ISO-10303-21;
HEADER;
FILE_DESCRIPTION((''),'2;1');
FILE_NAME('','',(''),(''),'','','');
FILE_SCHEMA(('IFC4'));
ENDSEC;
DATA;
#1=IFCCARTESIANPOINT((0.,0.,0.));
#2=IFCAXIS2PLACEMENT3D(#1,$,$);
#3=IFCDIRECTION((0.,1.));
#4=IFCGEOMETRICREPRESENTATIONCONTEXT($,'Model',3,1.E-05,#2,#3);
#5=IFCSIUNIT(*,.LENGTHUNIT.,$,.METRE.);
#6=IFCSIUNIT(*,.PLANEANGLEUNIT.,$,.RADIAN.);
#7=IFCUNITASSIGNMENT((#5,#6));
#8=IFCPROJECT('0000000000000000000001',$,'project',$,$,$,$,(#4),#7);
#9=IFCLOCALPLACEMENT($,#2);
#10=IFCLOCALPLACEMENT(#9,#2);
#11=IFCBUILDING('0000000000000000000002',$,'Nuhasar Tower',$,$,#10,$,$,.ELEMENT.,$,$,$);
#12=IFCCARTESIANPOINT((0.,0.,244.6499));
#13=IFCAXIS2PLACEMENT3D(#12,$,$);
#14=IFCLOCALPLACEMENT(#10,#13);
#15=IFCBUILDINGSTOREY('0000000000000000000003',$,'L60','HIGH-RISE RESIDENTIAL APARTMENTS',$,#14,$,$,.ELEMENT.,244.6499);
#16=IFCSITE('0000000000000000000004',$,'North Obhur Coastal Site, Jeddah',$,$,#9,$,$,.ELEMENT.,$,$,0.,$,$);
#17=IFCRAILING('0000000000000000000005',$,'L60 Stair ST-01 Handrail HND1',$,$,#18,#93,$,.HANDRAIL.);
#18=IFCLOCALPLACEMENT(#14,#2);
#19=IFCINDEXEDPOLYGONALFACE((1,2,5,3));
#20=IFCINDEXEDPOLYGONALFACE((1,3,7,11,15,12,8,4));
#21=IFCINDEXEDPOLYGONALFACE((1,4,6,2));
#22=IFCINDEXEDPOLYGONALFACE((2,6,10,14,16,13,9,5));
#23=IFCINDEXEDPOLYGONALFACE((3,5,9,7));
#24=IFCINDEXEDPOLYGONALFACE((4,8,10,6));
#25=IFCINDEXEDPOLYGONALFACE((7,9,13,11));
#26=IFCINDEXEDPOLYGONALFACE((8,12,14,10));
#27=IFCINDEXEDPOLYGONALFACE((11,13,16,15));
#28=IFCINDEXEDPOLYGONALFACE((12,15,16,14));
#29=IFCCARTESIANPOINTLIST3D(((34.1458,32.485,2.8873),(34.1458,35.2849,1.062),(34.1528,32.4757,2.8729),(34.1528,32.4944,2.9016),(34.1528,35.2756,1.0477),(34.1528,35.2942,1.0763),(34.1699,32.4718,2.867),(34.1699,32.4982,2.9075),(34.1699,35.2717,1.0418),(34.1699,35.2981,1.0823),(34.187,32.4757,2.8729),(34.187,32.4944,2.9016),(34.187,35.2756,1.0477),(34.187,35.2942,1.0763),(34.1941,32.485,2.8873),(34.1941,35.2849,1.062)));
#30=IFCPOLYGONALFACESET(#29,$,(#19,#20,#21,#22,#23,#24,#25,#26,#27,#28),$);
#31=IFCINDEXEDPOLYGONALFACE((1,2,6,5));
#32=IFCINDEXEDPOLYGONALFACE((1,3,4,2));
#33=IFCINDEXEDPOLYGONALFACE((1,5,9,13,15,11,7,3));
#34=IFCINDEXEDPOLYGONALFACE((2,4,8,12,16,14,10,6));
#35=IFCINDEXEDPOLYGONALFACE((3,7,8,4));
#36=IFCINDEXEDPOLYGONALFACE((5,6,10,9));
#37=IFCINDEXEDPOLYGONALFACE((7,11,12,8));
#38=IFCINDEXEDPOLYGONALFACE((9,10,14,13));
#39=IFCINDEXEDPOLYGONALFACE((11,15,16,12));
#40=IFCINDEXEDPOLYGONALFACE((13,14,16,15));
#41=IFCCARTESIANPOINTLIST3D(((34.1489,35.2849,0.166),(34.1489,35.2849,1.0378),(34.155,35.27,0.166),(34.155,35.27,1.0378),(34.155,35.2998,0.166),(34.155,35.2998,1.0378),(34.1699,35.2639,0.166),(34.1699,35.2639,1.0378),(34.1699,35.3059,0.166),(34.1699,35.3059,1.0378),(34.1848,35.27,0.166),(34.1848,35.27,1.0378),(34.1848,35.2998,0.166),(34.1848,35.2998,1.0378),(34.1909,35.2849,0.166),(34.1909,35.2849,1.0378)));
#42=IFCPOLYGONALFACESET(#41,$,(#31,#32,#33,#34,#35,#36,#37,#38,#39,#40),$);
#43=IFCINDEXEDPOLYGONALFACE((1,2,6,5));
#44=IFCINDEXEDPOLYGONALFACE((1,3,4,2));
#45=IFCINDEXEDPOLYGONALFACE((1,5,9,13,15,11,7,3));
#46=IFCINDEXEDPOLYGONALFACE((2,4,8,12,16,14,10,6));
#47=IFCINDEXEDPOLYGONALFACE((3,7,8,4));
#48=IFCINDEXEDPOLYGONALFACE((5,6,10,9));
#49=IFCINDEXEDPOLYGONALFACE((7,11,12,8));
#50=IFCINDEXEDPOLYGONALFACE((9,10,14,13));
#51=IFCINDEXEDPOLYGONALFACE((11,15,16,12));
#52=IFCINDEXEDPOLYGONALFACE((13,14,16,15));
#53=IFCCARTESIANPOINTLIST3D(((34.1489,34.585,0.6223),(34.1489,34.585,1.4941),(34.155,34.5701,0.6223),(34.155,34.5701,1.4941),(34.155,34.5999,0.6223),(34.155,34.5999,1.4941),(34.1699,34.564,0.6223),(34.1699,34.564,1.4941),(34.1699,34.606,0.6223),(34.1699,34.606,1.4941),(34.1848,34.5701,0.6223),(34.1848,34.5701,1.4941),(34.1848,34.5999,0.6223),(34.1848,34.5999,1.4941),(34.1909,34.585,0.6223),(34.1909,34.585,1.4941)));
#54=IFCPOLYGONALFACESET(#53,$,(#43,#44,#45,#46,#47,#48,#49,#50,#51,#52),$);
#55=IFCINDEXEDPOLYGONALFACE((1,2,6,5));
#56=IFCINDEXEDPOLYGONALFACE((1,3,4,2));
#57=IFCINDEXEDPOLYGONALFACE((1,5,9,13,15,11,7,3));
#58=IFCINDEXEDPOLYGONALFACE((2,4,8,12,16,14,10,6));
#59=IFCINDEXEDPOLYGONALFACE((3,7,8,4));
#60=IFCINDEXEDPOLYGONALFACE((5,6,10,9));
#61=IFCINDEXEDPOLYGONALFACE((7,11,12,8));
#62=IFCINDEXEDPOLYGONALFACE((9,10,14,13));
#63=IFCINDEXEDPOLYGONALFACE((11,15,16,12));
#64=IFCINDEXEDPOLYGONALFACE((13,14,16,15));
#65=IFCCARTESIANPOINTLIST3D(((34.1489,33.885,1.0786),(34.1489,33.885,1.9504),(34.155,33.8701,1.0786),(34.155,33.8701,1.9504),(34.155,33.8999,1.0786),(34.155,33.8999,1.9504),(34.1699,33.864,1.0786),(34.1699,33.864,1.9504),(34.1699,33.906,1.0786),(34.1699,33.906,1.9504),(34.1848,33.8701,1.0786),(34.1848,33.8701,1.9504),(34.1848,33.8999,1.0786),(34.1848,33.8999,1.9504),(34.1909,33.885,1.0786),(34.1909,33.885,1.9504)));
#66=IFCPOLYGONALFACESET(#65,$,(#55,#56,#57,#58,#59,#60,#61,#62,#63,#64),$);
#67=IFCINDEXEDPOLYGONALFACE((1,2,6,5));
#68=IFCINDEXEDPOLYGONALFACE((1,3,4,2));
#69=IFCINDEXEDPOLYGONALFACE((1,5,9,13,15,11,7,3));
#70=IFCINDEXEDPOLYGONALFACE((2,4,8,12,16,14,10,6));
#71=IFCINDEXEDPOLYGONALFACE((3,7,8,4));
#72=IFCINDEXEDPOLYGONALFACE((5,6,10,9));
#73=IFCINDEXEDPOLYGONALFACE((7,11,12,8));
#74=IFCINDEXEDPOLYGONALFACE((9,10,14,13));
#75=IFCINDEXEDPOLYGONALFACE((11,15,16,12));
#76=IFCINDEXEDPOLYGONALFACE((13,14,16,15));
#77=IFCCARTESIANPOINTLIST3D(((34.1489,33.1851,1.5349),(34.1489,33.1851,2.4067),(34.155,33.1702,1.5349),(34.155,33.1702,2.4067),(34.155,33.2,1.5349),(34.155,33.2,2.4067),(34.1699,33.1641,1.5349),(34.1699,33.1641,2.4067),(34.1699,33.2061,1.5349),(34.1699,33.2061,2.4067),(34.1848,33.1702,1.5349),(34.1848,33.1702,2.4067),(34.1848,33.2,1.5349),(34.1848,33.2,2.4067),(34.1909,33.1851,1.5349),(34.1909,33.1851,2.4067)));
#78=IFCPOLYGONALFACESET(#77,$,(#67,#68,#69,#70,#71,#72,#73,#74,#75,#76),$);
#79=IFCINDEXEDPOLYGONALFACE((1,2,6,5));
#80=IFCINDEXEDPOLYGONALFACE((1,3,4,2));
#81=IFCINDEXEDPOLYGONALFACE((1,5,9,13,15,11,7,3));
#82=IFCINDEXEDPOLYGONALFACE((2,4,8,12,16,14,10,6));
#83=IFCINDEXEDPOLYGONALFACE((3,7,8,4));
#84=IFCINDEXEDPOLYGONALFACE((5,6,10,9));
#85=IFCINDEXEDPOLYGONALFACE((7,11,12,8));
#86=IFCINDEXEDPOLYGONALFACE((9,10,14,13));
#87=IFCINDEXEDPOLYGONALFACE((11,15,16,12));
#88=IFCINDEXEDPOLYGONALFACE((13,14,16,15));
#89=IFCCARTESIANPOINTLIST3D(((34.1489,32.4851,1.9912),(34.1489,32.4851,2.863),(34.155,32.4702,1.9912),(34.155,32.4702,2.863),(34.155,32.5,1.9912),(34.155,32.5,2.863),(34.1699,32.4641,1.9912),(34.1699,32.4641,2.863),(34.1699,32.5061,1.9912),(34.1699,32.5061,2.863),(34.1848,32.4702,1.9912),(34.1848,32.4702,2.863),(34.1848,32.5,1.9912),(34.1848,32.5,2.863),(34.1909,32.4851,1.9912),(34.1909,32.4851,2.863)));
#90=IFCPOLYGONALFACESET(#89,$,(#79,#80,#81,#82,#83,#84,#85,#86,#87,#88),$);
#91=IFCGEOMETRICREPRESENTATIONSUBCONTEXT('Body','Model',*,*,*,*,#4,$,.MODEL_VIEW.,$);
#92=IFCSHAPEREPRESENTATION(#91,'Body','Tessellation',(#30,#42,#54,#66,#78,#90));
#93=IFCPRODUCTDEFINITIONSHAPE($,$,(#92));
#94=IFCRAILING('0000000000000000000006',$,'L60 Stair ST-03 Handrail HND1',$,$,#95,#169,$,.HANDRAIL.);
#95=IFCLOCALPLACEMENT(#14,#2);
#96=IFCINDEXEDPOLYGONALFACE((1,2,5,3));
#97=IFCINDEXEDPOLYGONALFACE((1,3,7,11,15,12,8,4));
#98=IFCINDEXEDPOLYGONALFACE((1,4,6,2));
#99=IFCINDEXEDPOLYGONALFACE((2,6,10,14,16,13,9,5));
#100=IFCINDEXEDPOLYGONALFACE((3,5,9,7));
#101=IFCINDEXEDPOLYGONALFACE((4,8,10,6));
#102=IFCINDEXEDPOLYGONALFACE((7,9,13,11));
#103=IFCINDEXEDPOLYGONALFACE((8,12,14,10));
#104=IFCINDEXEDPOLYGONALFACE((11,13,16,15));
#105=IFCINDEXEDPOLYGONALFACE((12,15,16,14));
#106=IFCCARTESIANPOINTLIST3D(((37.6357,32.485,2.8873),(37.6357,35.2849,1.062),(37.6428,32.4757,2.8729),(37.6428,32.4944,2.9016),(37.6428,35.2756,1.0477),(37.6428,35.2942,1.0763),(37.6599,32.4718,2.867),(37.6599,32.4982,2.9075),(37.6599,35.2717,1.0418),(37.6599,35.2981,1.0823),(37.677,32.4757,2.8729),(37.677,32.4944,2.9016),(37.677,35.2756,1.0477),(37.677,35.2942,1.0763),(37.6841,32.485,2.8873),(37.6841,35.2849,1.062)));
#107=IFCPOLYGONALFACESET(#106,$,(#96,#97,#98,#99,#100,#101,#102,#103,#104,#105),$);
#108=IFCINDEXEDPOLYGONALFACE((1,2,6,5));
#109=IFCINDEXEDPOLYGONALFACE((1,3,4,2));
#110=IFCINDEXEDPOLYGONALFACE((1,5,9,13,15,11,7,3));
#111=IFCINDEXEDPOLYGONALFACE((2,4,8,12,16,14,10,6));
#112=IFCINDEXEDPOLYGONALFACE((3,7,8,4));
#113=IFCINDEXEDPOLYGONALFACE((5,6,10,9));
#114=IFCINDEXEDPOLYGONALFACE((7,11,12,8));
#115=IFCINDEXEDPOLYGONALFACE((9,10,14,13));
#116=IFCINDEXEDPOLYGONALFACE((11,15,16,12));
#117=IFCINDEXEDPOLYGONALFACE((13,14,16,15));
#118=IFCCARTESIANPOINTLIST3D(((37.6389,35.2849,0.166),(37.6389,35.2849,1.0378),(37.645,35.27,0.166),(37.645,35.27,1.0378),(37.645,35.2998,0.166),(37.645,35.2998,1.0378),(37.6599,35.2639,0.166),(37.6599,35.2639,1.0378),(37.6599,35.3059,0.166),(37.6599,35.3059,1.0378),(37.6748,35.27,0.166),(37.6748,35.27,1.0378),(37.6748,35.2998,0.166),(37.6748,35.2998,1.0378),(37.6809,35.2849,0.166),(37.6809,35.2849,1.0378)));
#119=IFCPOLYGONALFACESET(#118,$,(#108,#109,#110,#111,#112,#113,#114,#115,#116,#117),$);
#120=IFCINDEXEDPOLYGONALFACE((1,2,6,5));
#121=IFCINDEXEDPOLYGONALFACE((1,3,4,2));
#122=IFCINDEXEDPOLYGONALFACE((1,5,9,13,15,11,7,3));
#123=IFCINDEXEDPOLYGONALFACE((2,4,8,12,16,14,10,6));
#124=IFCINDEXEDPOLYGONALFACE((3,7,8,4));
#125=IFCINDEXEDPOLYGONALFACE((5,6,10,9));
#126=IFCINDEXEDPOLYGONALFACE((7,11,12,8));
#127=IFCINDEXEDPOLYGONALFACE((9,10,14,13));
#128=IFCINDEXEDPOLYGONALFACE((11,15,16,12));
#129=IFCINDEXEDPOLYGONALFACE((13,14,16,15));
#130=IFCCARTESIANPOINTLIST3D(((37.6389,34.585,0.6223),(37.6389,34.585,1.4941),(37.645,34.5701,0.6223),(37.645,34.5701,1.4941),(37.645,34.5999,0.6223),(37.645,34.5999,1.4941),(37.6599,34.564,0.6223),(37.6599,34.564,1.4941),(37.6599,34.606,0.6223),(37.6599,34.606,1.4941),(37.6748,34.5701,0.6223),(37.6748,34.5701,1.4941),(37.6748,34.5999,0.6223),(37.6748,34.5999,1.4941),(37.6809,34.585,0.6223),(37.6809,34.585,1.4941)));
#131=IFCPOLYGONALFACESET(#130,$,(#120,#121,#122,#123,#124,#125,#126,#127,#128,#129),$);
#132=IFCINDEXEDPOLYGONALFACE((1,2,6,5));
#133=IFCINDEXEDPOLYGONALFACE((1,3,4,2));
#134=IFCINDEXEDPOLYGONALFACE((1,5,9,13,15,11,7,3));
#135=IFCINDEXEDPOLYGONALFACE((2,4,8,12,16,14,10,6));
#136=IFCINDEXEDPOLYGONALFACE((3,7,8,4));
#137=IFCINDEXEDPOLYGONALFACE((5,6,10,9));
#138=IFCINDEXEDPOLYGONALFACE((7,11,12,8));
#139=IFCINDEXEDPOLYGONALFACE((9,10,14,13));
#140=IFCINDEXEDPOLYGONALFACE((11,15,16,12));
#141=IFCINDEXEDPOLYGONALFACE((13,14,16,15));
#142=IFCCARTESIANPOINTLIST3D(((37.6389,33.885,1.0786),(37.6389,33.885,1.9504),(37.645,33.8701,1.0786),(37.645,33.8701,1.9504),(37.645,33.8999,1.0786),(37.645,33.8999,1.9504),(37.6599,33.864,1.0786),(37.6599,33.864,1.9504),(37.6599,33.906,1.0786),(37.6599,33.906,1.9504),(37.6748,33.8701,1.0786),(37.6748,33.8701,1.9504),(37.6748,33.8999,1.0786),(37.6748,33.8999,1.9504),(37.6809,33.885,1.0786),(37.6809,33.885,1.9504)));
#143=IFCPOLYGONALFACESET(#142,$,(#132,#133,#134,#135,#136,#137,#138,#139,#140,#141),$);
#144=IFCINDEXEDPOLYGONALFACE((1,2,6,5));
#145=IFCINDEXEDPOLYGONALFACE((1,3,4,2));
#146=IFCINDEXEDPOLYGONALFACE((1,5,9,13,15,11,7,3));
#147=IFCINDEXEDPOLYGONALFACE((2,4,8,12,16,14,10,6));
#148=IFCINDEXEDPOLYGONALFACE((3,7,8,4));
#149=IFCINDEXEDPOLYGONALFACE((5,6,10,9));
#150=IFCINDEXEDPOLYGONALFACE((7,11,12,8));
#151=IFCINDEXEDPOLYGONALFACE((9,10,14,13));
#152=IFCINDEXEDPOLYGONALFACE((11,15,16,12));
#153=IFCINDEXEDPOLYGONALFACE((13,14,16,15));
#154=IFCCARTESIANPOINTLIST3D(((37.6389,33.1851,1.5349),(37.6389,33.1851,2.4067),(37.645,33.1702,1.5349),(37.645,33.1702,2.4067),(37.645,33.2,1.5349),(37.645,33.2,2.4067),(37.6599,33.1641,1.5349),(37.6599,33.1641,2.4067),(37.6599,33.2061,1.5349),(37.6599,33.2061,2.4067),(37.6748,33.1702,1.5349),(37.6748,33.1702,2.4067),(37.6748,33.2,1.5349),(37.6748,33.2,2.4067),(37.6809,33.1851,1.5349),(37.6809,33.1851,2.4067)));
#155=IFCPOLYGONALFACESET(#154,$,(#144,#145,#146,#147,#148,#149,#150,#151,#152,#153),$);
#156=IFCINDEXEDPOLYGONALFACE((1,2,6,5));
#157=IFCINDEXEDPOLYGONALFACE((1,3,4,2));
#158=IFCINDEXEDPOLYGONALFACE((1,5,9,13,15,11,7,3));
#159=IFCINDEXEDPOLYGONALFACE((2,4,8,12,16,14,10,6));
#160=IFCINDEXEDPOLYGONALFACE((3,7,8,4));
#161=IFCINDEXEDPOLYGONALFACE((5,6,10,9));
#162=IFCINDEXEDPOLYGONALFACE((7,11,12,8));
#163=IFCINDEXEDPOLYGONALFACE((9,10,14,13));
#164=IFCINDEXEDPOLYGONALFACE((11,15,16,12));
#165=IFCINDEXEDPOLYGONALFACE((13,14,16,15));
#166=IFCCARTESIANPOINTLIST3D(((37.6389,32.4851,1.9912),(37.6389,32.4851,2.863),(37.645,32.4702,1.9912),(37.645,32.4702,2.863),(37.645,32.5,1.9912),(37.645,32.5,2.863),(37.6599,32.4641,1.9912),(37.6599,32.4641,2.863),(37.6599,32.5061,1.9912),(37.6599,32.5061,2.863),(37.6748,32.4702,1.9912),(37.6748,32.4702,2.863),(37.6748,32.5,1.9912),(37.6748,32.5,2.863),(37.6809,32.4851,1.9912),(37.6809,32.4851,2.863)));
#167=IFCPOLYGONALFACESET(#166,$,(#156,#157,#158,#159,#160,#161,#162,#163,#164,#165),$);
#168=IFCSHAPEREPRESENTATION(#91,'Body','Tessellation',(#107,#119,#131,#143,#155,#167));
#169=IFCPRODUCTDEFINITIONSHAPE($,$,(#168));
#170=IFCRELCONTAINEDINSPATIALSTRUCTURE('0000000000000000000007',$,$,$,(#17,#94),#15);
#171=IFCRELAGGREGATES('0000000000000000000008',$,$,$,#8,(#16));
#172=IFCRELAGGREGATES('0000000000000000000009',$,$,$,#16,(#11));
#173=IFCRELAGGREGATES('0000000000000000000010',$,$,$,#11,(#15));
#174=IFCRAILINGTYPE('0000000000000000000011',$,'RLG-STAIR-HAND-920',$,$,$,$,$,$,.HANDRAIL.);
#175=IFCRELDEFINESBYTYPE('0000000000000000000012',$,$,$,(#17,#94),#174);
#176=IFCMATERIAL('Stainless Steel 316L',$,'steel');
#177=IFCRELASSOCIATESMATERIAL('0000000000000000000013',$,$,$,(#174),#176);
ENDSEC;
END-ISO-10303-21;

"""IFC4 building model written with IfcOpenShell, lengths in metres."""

from ifc_helpers import new_model, si_unit, direction, frame, origin, place, context, subcontext, project, spatial, polyline, outline, extrude, material, type_object, element, save


model = new_model("IFC4")

# Units and contexts
model_context = context("Model", 3, precision=1e-05, world=origin(), true_north=direction((0.0, 1.0)))
body_context = subcontext(model_context, "Body", "Model", "MODEL_VIEW")
ifc_project = project(units=[si_unit("LENGTHUNIT", "METRE"), si_unit("PLANEANGLEUNIT", "RADIAN")], contexts=[model_context])

# Site, building, storey
site_placement = place(None, origin())
site = spatial("IfcSite", under=ifc_project, at=site_placement, Name="North Obhur Coastal Site, Jeddah", CompositionType="ELEMENT", RefElevation=0.0)
building_placement = place(site_placement, origin())
building = spatial("IfcBuilding", under=site, at=building_placement, Name="Nuhasar Tower", CompositionType="ELEMENT")
storey_placement = place(building_placement, frame((0.0, 0.0, 244.6499)))
storey = spatial("IfcBuildingStorey", under=building, at=storey_placement, Name="L60", Description="HIGH-RISE RESIDENTIAL APARTMENTS", CompositionType="ELEMENT", Elevation=244.6499)

# Railings
ifc_material_1 = material(Name="Stainless Steel 316L", Category="steel")
railing_type_1 = type_object("IfcRailingType", Name="RLG-STAIR-HAND-920", PredefinedType="HANDRAIL", material=ifc_material_1)
railing_1_placement = place(storey_placement, frame((34.1699, 35.2849, 0.166)))
element("IfcRailing", 1, at=railing_1_placement, inside=storey, type_object=railing_type_1, Name="L60 Stair ST-01 Handrail HND1", PredefinedType="HANDRAIL", context=body_context, shape_type="SweptSolid", body=[
    extrude(outline(polyline([(0.0242, 0.0), (0.0171, 0.0171), (0.0, 0.0242), (-0.0171, 0.0171), (-0.0242, 0.0), (-0.0171, -0.0171), (0.0, -0.0242), (0.0171, -0.0171), (0.0242, 0.0)])), frame((0.0, 0.0, 0.896), z_axis=(0.0, -0.837715, 0.546107), x_axis=(1.0, 0.0, 0.0)), (0.0, 0.0, 1.0), 3.3423),
    extrude(outline(polyline([(0.021, 0.0), (0.0149, 0.0149), (0.0, 0.021), (-0.0149, 0.0149), (-0.021, 0.0), (-0.0149, -0.0149), (0.0, -0.021), (0.0149, -0.0149), (0.021, 0.0)])), origin(), (0.0, 0.0, 1.0), 0.8718),
    extrude(outline(polyline([(0.021, 0.0), (0.0149, 0.0149), (0.0, 0.021), (-0.0149, 0.0149), (-0.021, 0.0), (-0.0149, -0.0149), (0.0, -0.021), (0.0149, -0.0149), (0.021, 0.0)])), frame((0.0, -0.7, 0.4563)), (0.0, 0.0, 1.0), 0.8718),
    extrude(outline(polyline([(0.021, 0.0), (0.0149, 0.0149), (0.0, 0.021), (-0.0149, 0.0149), (-0.021, 0.0), (-0.0149, -0.0149), (0.0, -0.021), (0.0149, -0.0149), (0.021, 0.0)])), frame((0.0, -1.3999, 0.9126)), (0.0, 0.0, 1.0), 0.8718),
    extrude(outline(polyline([(0.021, 0.0), (0.0149, 0.0149), (0.0, 0.021), (-0.0149, 0.0149), (-0.021, 0.0), (-0.0149, -0.0149), (0.0, -0.021), (0.0149, -0.0149), (0.021, 0.0)])), frame((0.0, -2.0999, 1.3689)), (0.0, 0.0, 1.0), 0.8718),
    extrude(outline(polyline([(0.021, 0.0), (0.0149, 0.0149), (0.0, 0.021), (-0.0149, 0.0149), (-0.021, 0.0), (-0.0149, -0.0149), (0.0, -0.021), (0.0149, -0.0149), (0.021, 0.0)])), frame((0.0, -2.7998, 1.8252)), (0.0, 0.0, 1.0), 0.8718),
])
railing_2_placement = place(storey_placement, frame((37.6599, 35.2849, 0.166)))
element("IfcRailing", 2, at=railing_2_placement, inside=storey, type_object=railing_type_1, Name="L60 Stair ST-03 Handrail HND1", PredefinedType="HANDRAIL", context=body_context, shape_type="SweptSolid", body=[
    extrude(outline(polyline([(0.0242, 0.0), (0.0171, 0.0171), (0.0, 0.0242), (-0.0171, 0.0171), (-0.0242, 0.0), (-0.0171, -0.0171), (0.0, -0.0242), (0.0171, -0.0171), (0.0242, 0.0)])), frame((0.0, 0.0, 0.896), z_axis=(0.0, -0.837715, 0.546107), x_axis=(1.0, 0.0, 0.0)), (0.0, 0.0, 1.0), 3.3423),
    extrude(outline(polyline([(0.021, 0.0), (0.0149, 0.0149), (0.0, 0.021), (-0.0149, 0.0149), (-0.021, 0.0), (-0.0149, -0.0149), (0.0, -0.021), (0.0149, -0.0149), (0.021, 0.0)])), origin(), (0.0, 0.0, 1.0), 0.8718),
    extrude(outline(polyline([(0.021, 0.0), (0.0149, 0.0149), (0.0, 0.021), (-0.0149, 0.0149), (-0.021, 0.0), (-0.0149, -0.0149), (0.0, -0.021), (0.0149, -0.0149), (0.021, 0.0)])), frame((0.0, -0.7, 0.4563)), (0.0, 0.0, 1.0), 0.8718),
    extrude(outline(polyline([(0.021, 0.0), (0.0149, 0.0149), (0.0, 0.021), (-0.0149, 0.0149), (-0.021, 0.0), (-0.0149, -0.0149), (0.0, -0.021), (0.0149, -0.0149), (0.021, 0.0)])), frame((0.0, -1.3999, 0.9126)), (0.0, 0.0, 1.0), 0.8718),
    extrude(outline(polyline([(0.021, 0.0), (0.0149, 0.0149), (0.0, 0.021), (-0.0149, 0.0149), (-0.021, 0.0), (-0.0149, -0.0149), (0.0, -0.021), (0.0149, -0.0149), (0.021, 0.0)])), frame((0.0, -2.0999, 1.3689)), (0.0, 0.0, 1.0), 0.8718),
    extrude(outline(polyline([(0.021, 0.0), (0.0149, 0.0149), (0.0, 0.021), (-0.0149, 0.0149), (-0.021, 0.0), (-0.0149, -0.0149), (0.0, -0.021), (0.0149, -0.0149), (0.021, 0.0)])), frame((0.0, -2.7998, 1.8252)), (0.0, 0.0, 1.0), 0.8718),
])

save(model, "model.ifc")
